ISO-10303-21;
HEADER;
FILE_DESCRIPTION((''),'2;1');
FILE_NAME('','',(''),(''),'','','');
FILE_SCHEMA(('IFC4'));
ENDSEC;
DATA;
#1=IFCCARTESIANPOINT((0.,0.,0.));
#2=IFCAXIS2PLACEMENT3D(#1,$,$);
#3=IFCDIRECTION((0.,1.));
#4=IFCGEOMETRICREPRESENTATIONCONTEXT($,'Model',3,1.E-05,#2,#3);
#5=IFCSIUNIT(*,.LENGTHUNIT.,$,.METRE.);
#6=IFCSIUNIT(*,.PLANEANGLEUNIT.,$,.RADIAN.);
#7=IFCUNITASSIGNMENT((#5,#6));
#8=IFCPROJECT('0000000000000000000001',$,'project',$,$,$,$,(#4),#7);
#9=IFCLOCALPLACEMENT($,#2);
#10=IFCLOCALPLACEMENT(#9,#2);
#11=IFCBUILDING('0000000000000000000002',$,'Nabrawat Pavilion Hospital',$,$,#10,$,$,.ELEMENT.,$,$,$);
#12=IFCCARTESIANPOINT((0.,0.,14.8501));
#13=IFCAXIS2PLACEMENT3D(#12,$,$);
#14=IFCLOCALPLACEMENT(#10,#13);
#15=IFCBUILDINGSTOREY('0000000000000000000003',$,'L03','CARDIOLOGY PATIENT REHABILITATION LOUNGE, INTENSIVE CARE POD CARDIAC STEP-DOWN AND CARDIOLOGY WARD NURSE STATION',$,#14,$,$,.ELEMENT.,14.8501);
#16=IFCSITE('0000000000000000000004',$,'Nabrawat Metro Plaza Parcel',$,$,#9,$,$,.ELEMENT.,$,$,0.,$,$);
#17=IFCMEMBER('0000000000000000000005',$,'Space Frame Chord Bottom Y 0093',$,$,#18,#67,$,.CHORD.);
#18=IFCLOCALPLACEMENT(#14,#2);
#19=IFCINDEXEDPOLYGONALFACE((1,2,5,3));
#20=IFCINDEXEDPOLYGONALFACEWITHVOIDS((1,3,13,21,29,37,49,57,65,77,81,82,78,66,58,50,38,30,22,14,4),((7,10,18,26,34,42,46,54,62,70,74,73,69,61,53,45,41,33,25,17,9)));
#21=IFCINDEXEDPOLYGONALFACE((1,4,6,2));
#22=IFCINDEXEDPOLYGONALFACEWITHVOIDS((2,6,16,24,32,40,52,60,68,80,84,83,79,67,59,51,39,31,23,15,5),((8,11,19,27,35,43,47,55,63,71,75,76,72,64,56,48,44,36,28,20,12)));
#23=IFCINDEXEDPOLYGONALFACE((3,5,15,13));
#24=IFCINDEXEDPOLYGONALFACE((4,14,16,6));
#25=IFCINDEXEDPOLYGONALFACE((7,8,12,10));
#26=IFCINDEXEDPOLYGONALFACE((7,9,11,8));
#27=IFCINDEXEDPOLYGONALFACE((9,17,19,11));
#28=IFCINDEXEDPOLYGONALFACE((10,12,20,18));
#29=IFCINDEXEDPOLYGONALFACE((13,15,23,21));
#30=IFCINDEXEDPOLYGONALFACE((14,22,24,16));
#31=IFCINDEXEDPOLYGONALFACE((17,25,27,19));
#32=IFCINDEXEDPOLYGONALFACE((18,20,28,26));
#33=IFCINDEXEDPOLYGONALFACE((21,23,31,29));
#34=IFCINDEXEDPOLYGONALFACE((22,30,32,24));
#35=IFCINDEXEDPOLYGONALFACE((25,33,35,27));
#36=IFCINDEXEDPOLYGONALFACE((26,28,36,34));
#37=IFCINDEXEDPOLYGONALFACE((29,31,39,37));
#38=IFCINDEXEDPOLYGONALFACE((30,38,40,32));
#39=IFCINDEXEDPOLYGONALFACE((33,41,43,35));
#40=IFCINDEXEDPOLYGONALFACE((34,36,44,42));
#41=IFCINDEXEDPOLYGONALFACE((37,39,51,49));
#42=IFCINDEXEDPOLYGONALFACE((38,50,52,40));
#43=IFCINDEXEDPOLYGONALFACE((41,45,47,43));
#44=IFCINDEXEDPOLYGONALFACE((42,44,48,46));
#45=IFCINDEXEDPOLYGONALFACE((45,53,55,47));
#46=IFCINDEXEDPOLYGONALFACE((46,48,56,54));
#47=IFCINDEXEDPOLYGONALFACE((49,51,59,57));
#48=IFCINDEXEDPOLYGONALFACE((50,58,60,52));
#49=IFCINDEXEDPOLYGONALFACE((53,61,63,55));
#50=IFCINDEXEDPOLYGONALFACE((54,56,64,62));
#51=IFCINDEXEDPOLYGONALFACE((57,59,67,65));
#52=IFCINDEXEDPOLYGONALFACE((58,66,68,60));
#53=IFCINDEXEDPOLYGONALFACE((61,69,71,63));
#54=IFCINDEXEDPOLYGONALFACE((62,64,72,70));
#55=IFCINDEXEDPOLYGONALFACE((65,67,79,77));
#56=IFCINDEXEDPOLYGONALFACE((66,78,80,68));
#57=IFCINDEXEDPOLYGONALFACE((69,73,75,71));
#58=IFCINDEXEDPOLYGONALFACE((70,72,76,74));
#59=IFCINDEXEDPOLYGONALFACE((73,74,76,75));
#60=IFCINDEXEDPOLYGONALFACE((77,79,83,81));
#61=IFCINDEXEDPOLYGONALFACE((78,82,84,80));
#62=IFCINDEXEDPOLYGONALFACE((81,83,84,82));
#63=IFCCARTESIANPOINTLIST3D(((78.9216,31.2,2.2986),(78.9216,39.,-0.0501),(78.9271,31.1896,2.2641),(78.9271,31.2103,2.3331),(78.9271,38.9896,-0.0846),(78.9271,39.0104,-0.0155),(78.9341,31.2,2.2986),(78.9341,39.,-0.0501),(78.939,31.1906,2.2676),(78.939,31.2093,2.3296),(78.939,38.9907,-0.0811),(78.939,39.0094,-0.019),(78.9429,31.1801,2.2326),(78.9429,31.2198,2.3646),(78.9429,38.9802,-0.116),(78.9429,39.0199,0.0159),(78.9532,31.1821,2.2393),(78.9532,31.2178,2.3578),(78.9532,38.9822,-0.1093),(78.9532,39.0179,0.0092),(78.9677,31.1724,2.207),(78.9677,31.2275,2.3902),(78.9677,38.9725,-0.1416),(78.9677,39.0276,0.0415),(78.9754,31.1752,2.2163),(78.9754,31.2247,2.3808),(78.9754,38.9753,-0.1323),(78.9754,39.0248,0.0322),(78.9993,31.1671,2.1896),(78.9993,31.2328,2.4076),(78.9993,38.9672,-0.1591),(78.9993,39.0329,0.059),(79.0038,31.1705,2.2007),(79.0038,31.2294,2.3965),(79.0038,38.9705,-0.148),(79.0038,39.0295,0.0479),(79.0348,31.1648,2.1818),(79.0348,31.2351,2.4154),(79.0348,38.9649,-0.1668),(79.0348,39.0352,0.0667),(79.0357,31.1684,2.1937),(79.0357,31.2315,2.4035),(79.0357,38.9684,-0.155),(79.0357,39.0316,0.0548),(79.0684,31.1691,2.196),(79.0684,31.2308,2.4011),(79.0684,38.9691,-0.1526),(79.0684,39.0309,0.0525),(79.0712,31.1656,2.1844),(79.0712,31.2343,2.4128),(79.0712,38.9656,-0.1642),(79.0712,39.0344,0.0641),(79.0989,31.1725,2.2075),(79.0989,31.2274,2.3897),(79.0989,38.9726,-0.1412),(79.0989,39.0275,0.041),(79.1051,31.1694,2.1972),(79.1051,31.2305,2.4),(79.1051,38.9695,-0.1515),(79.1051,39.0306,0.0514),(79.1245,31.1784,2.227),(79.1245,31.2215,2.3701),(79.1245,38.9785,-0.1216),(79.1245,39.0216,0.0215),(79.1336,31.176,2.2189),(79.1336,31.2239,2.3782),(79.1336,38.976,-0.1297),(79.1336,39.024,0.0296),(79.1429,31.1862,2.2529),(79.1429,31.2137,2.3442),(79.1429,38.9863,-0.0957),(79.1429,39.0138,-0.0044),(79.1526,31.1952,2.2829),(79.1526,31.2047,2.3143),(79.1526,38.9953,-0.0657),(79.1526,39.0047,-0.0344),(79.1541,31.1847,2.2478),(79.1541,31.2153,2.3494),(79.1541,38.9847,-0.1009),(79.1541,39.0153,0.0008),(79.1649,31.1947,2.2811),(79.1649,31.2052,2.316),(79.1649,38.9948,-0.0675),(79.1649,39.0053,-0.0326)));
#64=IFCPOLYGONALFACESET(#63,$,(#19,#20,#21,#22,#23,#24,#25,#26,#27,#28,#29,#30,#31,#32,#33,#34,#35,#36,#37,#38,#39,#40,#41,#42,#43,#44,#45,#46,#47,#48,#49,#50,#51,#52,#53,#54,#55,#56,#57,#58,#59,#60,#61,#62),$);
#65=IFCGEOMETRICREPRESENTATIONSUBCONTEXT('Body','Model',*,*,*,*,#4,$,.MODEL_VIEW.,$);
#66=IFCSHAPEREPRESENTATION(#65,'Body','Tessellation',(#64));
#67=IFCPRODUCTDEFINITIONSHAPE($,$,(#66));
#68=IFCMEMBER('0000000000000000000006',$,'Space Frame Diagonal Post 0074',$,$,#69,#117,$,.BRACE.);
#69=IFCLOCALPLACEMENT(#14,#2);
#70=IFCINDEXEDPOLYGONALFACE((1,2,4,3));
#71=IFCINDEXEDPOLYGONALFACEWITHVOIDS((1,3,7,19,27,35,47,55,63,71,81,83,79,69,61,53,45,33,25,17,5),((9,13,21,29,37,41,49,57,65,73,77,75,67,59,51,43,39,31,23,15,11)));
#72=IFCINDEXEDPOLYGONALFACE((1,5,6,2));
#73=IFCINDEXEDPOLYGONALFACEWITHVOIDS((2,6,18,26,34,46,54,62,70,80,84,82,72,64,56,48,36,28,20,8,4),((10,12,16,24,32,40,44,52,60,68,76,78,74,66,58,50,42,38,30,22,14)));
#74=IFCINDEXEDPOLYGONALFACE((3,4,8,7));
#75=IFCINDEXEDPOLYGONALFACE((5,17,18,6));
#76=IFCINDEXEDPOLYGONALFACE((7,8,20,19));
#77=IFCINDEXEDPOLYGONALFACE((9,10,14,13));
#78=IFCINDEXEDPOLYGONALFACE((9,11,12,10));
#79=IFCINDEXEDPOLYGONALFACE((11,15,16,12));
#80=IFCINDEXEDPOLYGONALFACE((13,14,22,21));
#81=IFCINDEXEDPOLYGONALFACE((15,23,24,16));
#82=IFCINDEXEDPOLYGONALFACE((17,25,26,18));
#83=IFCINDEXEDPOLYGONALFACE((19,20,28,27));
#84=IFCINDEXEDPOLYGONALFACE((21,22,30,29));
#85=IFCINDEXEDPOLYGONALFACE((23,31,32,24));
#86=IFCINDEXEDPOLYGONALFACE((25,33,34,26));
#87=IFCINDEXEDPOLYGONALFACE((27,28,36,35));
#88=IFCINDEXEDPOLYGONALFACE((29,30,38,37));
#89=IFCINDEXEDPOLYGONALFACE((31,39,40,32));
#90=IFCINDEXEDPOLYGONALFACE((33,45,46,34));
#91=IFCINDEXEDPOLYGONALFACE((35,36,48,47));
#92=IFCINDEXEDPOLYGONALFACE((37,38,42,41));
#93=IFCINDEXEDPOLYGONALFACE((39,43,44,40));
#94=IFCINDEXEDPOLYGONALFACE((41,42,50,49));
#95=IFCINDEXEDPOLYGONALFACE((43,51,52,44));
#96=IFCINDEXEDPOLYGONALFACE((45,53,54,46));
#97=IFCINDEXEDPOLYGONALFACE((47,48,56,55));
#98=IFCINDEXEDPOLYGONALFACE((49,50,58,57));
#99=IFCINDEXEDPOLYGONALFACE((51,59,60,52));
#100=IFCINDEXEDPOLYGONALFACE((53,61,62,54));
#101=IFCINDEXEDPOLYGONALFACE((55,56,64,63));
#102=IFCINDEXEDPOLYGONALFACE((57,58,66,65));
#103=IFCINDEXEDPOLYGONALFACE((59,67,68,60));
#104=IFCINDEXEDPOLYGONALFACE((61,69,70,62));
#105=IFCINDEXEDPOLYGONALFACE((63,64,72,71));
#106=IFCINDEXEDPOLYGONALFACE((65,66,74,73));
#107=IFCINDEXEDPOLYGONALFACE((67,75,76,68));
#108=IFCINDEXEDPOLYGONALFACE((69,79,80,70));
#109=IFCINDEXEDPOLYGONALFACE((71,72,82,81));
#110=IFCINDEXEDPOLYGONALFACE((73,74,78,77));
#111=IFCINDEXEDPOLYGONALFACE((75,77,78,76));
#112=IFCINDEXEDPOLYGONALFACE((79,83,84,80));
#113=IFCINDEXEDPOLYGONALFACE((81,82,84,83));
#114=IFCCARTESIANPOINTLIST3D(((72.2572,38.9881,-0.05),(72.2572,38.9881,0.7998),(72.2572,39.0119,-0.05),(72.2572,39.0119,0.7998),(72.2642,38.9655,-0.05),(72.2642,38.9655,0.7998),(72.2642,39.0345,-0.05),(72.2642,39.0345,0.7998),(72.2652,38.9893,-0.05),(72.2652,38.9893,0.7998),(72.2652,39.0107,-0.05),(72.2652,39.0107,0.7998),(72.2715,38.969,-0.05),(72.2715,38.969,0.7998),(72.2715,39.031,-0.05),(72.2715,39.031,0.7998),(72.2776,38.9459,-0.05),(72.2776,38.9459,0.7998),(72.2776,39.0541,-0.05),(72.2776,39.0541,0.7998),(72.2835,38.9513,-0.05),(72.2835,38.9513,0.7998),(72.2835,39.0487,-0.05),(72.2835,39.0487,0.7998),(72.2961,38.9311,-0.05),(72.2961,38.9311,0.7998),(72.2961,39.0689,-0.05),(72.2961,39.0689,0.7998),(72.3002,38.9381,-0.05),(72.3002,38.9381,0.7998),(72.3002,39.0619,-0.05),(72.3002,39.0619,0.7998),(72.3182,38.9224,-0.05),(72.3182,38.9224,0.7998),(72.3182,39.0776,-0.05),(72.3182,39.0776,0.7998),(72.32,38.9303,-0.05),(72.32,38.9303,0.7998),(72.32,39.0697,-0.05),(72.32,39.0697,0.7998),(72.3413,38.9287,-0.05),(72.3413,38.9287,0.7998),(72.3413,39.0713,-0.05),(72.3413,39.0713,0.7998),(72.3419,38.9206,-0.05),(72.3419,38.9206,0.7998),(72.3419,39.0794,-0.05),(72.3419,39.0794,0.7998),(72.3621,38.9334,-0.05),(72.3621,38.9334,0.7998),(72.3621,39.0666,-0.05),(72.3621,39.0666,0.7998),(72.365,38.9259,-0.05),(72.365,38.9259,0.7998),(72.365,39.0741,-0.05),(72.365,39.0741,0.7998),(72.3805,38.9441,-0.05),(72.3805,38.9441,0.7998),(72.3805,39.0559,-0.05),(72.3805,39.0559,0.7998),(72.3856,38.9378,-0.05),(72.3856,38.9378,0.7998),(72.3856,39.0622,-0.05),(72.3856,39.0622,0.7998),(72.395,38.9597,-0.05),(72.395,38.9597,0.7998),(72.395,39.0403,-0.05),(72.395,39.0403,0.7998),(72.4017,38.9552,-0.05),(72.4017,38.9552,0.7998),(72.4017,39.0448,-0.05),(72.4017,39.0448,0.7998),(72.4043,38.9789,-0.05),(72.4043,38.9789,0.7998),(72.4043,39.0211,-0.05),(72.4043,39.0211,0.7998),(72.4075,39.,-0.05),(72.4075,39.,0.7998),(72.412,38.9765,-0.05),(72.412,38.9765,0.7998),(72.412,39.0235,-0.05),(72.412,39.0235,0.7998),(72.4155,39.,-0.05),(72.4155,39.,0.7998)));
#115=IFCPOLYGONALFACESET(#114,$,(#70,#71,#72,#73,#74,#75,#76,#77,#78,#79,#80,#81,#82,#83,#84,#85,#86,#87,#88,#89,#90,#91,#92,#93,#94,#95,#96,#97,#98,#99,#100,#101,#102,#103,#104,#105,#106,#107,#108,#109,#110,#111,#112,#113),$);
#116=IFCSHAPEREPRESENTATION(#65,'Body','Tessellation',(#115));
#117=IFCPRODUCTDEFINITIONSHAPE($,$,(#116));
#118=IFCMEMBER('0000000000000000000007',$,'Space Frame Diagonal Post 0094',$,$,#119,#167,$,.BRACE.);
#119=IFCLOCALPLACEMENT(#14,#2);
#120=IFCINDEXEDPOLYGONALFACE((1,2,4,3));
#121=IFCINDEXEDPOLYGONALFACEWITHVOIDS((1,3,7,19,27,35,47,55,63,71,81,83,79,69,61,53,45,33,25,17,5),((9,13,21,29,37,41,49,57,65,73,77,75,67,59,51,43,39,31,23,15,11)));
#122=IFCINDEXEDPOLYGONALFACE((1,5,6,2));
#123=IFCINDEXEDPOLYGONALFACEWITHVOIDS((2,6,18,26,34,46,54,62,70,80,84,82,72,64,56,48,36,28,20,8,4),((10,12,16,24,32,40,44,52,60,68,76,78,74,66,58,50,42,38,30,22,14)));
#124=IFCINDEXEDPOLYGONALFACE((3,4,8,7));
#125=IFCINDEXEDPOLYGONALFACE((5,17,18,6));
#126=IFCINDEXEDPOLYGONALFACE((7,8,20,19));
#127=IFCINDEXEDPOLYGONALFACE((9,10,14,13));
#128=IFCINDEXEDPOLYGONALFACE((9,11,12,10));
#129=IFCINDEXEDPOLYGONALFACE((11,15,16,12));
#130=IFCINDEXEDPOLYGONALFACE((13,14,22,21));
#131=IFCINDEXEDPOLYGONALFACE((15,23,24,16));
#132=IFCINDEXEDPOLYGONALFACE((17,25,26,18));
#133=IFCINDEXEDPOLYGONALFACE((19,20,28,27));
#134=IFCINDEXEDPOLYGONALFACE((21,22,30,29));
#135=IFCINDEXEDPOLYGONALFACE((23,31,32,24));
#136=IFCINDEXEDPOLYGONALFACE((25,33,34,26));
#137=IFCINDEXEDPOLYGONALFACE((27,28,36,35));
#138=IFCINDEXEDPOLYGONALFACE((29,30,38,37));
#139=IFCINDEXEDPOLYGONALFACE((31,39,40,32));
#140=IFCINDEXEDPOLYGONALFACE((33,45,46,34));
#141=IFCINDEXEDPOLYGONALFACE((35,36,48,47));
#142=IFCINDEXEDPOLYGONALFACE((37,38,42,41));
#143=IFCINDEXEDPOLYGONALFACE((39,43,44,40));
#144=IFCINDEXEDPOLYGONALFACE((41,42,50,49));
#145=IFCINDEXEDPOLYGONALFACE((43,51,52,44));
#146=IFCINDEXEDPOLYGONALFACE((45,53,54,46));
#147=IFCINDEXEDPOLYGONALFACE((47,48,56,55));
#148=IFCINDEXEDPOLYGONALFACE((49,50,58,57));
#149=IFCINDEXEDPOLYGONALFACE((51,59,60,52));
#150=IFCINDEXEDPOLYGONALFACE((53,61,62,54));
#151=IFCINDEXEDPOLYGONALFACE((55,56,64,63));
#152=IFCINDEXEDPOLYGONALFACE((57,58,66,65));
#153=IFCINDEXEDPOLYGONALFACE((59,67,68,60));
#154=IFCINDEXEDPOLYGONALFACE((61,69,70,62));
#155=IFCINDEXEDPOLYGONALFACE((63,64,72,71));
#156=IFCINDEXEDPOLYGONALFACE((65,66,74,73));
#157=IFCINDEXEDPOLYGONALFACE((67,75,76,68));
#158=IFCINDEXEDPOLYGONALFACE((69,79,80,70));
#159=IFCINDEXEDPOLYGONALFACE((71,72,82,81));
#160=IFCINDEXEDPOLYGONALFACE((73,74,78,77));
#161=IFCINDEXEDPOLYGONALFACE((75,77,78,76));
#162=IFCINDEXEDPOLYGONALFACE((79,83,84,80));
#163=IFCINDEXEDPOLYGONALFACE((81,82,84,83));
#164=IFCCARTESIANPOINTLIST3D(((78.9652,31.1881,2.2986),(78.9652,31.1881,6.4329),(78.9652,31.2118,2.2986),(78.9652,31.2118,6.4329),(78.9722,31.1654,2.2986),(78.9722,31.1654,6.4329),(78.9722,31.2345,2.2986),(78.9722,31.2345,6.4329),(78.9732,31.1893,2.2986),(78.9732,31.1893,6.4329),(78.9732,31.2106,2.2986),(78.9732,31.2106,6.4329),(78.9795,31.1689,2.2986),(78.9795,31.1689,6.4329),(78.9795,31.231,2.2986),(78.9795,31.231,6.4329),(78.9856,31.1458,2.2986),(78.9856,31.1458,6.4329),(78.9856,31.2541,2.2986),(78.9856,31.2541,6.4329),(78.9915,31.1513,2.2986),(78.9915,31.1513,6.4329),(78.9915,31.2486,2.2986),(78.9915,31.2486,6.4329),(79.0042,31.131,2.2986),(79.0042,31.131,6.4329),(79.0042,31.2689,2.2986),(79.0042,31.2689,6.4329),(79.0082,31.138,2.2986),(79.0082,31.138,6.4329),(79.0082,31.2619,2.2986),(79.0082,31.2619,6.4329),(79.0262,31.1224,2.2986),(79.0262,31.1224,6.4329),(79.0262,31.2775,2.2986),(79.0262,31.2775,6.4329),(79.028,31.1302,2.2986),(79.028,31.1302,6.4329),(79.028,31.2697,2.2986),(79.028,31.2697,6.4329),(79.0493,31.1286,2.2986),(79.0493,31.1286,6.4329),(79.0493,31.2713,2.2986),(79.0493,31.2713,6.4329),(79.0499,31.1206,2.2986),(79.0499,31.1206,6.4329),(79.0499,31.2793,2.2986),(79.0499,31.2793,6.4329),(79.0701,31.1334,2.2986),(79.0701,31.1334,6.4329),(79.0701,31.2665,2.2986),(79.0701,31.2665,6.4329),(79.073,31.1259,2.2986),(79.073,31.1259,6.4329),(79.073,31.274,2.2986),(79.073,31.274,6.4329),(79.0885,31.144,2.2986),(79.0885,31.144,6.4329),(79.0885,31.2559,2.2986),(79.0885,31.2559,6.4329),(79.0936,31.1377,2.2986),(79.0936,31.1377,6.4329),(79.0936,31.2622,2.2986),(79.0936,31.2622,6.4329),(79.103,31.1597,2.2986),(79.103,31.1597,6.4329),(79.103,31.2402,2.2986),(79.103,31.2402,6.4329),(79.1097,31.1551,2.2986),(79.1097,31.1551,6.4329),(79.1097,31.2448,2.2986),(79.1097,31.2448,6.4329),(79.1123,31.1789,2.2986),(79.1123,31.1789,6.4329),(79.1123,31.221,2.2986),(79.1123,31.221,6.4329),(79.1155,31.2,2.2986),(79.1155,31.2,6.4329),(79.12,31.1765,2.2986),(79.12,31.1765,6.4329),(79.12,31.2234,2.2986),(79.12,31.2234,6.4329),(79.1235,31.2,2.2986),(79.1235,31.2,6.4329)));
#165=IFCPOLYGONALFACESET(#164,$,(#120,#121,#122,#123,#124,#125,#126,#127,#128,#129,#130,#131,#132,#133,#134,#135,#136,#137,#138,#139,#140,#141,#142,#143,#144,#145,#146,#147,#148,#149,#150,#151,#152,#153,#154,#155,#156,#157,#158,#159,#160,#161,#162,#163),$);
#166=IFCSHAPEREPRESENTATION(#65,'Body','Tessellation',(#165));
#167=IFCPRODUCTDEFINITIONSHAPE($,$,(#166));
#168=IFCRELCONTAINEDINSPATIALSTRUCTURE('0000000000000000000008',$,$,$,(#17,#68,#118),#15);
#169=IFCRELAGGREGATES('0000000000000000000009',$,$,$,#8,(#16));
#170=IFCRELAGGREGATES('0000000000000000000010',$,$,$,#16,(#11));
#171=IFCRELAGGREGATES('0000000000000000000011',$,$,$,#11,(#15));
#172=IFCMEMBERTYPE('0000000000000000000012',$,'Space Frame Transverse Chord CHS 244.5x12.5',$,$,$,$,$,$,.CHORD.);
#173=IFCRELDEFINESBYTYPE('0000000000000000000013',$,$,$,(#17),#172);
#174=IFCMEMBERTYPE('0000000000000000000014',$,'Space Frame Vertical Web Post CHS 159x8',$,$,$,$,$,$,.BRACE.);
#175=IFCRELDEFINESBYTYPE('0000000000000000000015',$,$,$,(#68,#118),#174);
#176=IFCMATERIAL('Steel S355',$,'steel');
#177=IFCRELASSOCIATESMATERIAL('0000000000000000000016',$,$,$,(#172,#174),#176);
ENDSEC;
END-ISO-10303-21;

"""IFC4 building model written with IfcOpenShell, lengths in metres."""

from ifc_helpers import new_model, si_unit, direction, frame, origin, origin_2d, place, context, subcontext, project, spatial, hollow_circle, extrude, material, material_profile, profile_set, type_object, element, save


model = new_model("IFC4")

# Units and contexts
model_context = context("Model", 3, precision=1e-05, world=origin(), true_north=direction((0.0, 1.0)))
body_context = subcontext(model_context, "Body", "Model", "MODEL_VIEW")
ifc_project = project(units=[si_unit("LENGTHUNIT", "METRE"), si_unit("PLANEANGLEUNIT", "RADIAN")], contexts=[model_context])

# Site, building, storey
site_placement = place(None, origin())
site = spatial("IfcSite", under=ifc_project, at=site_placement, Name="Nabrawat Metro Plaza Parcel", CompositionType="ELEMENT", RefElevation=0.0)
building_placement = place(site_placement, origin())
building = spatial("IfcBuilding", under=site, at=building_placement, Name="Nabrawat Pavilion Hospital", CompositionType="ELEMENT")
storey_placement = place(building_placement, frame((0.0, 0.0, 14.8501)))
storey = spatial("IfcBuildingStorey", under=building, at=storey_placement, Name="L03", Description="CARDIOLOGY PATIENT REHABILITATION LOUNGE, INTENSIVE CARE POD CARDIAC STEP-DOWN AND CARDIOLOGY WARD NURSE STATION", CompositionType="ELEMENT", Elevation=14.8501)

# Shared definitions
ifc_material = material(Name="Steel S355", Category="steel")

# Members
ifc_material_profile_1 = material_profile(ifc_material, hollow_circle(Radius=0.1223, WallThickness=0.0125, at=origin_2d()), Name="CHS 244.5x12.5")
ifc_profile_set_1 = profile_set([ifc_material_profile_1], Name="Steel S355")
member_type_1 = type_object("IfcMemberType", Name="Space Frame Transverse Chord CHS 244.5x12.5", PredefinedType="CHORD", material=ifc_profile_set_1)
member_1_placement = place(storey_placement, frame((79.0439, 31.2, 2.2986), z_axis=(0.0, 0.957535, -0.288318), x_axis=(-1.0, 0.0, 0.0)))
element("IfcMember", 1, at=member_1_placement, inside=storey, type_object=member_type_1, Name="Space Frame Chord Bottom Y 0093", PredefinedType="CHORD", context=body_context, shape_type="SweptSolid", body=[
    extrude(hollow_circle(Radius=0.1223, WallThickness=0.0125, at=origin_2d()), origin(), (0.0, 0.0, 1.0), 8.146),
])
ifc_material_profile_2 = material_profile(ifc_material, hollow_circle(Radius=0.0796, WallThickness=0.0081, at=origin_2d()), Name="CHS 159x8")
ifc_profile_set_2 = profile_set([ifc_material_profile_2], Name="Steel S355")
member_type_2 = type_object("IfcMemberType", Name="Space Frame Vertical Web Post CHS 159x8", PredefinedType="BRACE", material=ifc_profile_set_2)
member_2_placement = place(storey_placement, frame((72.3359, 39.0, -0.05), z_axis=(0.0, 0.0, 1.0), x_axis=(1.0, 0.0, 0.0)))
element("IfcMember", 2, at=member_2_placement, inside=storey, type_object=member_type_2, Name="Space Frame Diagonal Post 0074", PredefinedType="BRACE", context=body_context, shape_type="SweptSolid", body=[
    extrude(hollow_circle(Radius=0.0796, WallThickness=0.0081, at=origin_2d()), origin(), (0.0, 0.0, 1.0), 0.8499),
])
member_3_placement = place(storey_placement, frame((79.0439, 31.2, 2.2986), z_axis=(0.0, 0.0, 1.0), x_axis=(1.0, 0.0, 0.0)))
element("IfcMember", 3, at=member_3_placement, inside=storey, type_object=member_type_2, Name="Space Frame Diagonal Post 0094", PredefinedType="BRACE", context=body_context, shape_type="SweptSolid", body=[
    extrude(hollow_circle(Radius=0.0796, WallThickness=0.0081, at=origin_2d()), origin(), (0.0, 0.0, 1.0), 4.1343),
])

save(model, "model.ifc")
